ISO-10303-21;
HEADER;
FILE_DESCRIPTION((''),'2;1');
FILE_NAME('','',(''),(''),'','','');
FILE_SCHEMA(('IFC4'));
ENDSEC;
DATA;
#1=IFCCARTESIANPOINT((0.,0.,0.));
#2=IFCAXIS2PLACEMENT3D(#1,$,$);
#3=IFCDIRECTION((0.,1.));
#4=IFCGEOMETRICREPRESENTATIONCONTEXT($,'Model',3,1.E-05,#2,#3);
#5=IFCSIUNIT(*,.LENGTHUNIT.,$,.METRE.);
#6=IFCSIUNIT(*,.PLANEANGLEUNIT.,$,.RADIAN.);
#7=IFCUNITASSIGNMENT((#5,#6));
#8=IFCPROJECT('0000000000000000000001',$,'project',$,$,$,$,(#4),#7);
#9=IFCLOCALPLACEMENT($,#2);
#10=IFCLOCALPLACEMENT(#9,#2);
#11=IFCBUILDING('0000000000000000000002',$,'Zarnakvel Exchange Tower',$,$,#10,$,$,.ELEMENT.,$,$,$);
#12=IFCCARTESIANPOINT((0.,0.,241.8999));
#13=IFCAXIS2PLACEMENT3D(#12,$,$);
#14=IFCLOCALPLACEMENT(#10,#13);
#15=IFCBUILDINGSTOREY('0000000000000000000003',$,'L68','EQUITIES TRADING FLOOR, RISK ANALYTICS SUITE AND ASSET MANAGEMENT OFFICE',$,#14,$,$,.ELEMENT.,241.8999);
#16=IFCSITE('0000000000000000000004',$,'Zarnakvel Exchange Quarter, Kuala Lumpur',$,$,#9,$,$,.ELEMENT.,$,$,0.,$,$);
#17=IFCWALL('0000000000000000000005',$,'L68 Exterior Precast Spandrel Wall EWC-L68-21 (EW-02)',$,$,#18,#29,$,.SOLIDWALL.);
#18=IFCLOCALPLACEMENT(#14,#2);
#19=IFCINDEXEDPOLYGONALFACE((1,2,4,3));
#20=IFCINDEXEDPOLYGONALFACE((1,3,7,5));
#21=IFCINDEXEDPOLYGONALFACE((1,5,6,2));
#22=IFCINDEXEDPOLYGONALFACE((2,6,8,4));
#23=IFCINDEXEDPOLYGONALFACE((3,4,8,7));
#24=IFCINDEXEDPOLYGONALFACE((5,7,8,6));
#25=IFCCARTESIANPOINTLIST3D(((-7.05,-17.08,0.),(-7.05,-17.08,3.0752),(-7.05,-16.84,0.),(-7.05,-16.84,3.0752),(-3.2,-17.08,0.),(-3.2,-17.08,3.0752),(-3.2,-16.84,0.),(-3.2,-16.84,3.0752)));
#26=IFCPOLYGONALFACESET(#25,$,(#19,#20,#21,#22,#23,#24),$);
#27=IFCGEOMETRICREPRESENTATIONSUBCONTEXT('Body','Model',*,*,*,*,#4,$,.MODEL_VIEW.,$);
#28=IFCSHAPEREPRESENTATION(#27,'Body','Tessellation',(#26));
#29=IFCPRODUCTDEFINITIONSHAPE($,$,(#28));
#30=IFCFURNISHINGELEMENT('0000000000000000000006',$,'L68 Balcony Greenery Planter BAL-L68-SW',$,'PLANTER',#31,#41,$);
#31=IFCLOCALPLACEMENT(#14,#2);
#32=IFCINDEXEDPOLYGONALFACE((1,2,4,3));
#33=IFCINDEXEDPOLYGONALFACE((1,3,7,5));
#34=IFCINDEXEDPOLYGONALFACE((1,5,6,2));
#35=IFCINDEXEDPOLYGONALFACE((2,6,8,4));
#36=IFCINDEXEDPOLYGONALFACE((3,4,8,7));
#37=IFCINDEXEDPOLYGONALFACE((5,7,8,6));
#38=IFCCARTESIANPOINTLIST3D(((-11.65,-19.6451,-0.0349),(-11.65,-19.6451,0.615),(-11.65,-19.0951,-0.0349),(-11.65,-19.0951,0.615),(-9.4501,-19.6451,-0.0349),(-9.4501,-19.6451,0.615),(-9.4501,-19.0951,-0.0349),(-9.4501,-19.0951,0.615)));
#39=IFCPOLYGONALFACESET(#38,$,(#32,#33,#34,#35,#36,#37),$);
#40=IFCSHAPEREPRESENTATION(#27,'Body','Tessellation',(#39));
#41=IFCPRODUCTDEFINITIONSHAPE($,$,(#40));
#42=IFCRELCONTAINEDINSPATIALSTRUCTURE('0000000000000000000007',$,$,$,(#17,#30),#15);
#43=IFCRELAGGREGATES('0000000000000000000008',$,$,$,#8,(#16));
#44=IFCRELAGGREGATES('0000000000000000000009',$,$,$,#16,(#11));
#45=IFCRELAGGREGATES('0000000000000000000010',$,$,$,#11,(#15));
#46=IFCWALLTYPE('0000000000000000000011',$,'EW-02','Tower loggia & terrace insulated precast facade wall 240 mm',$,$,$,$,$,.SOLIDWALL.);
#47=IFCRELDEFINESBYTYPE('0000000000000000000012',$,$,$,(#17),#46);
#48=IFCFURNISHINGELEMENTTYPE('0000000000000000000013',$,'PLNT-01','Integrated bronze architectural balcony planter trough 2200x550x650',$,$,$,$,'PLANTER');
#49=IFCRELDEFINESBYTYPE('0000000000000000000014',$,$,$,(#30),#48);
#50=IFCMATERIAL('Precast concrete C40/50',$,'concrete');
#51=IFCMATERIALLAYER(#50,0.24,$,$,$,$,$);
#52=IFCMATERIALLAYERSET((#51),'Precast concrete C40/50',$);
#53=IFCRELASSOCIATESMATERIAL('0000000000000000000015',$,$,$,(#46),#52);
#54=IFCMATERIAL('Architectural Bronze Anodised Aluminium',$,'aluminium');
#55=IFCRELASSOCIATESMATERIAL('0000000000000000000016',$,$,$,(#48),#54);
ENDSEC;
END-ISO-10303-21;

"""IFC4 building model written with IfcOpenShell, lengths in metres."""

from ifc_helpers import new_model, si_unit, direction, frame, frame_2d, origin, origin_2d, place, context, subcontext, project, spatial, rectangle, extrude, source, transform, mapped, material, layer, layer_set, type_object, element, save


model = new_model("IFC4")

# Units and contexts
model_context = context("Model", 3, precision=1e-05, world=origin(), true_north=direction((0.0, 1.0)))
body_context = subcontext(model_context, "Body", "Model", "MODEL_VIEW")
ifc_project = project(units=[si_unit("LENGTHUNIT", "METRE"), si_unit("PLANEANGLEUNIT", "RADIAN")], contexts=[model_context])

# Site, building, storey
site_placement = place(None, origin())
site = spatial("IfcSite", under=ifc_project, at=site_placement, Name="Zarnakvel Exchange Quarter, Kuala Lumpur", CompositionType="ELEMENT", RefElevation=0.0)
building_placement = place(site_placement, origin())
building = spatial("IfcBuilding", under=site, at=building_placement, Name="Zarnakvel Exchange Tower", CompositionType="ELEMENT")
storey_placement = place(building_placement, frame((0.0, 0.0, 241.8999)))
storey = spatial("IfcBuildingStorey", under=building, at=storey_placement, Name="L68", Description="EQUITIES TRADING FLOOR, RISK ANALYTICS SUITE AND ASSET MANAGEMENT OFFICE", CompositionType="ELEMENT", Elevation=241.8999)

# Shared definitions
ifc_material_1 = material(Name="Architectural Bronze Anodised Aluminium", Category="aluminium")

# Shared definitions
ifc_material_2 = material(Name="Precast concrete C40/50", Category="concrete")
ifc_layer_1 = layer(ifc_material_2, 0.24)
ifc_layer_set_1 = layer_set([ifc_layer_1], Name="Precast concrete C40/50")
wall_type = type_object("IfcWallType", Name="EW-02", Description="Tower loggia & terrace insulated precast facade wall 240 mm", PredefinedType="SOLIDWALL", material=ifc_layer_set_1)

# Wall
wall_1_placement = place(storey_placement, frame((-7.05, -16.96, 0.0), z_axis=(0.0, 0.0, 1.0), x_axis=(1.0, 0.0, 0.0)))
element("IfcWall", 1, at=wall_1_placement, inside=storey, type_object=wall_type, Name="L68 Exterior Precast Spandrel Wall EWC-L68-21 (EW-02)", PredefinedType="SOLIDWALL", context=body_context, shape_type="SweptSolid", body=[
    extrude(rectangle(XDim=3.8501, YDim=0.24, at=frame_2d((1.925, 0.0))), origin(), (0.0, 0.0, 1.0), 3.0752),
])

# Furnishing element
furnishing_element_type = type_object("IfcFurnishingElementType", Name="PLNT-01", Description="Integrated bronze architectural balcony planter trough 2200x550x650", ElementType="PLANTER", material=ifc_material_1)
shared_shape_1 = source(origin(), body_context, "Body", "SweptSolid", [
    extrude(rectangle(XDim=2.2, YDim=0.55, at=origin_2d()), origin(), (0.0, 0.0, 1.0), 0.6499),
])
furnishing_placement = place(storey_placement, frame((-10.55, -19.3701, -0.0349), z_axis=(0.0, 0.0, 1.0), x_axis=(1.0, 0.0, 0.0)))
element("IfcFurnishingElement", 2, at=furnishing_placement, inside=storey, type_object=furnishing_element_type, Name="L68 Balcony Greenery Planter BAL-L68-SW", ObjectType="PLANTER", context=body_context, shape_type="MappedRepresentation", body=[
    mapped(shared_shape_1, transform((0.0, 0.0, 0.0), x_axis=(1.0, 0.0, 0.0), y_axis=(0.0, 1.0, 0.0), z_axis=(0.0, 0.0, 1.0), scale=1.0)),
])

save(model, "model.ifc")
